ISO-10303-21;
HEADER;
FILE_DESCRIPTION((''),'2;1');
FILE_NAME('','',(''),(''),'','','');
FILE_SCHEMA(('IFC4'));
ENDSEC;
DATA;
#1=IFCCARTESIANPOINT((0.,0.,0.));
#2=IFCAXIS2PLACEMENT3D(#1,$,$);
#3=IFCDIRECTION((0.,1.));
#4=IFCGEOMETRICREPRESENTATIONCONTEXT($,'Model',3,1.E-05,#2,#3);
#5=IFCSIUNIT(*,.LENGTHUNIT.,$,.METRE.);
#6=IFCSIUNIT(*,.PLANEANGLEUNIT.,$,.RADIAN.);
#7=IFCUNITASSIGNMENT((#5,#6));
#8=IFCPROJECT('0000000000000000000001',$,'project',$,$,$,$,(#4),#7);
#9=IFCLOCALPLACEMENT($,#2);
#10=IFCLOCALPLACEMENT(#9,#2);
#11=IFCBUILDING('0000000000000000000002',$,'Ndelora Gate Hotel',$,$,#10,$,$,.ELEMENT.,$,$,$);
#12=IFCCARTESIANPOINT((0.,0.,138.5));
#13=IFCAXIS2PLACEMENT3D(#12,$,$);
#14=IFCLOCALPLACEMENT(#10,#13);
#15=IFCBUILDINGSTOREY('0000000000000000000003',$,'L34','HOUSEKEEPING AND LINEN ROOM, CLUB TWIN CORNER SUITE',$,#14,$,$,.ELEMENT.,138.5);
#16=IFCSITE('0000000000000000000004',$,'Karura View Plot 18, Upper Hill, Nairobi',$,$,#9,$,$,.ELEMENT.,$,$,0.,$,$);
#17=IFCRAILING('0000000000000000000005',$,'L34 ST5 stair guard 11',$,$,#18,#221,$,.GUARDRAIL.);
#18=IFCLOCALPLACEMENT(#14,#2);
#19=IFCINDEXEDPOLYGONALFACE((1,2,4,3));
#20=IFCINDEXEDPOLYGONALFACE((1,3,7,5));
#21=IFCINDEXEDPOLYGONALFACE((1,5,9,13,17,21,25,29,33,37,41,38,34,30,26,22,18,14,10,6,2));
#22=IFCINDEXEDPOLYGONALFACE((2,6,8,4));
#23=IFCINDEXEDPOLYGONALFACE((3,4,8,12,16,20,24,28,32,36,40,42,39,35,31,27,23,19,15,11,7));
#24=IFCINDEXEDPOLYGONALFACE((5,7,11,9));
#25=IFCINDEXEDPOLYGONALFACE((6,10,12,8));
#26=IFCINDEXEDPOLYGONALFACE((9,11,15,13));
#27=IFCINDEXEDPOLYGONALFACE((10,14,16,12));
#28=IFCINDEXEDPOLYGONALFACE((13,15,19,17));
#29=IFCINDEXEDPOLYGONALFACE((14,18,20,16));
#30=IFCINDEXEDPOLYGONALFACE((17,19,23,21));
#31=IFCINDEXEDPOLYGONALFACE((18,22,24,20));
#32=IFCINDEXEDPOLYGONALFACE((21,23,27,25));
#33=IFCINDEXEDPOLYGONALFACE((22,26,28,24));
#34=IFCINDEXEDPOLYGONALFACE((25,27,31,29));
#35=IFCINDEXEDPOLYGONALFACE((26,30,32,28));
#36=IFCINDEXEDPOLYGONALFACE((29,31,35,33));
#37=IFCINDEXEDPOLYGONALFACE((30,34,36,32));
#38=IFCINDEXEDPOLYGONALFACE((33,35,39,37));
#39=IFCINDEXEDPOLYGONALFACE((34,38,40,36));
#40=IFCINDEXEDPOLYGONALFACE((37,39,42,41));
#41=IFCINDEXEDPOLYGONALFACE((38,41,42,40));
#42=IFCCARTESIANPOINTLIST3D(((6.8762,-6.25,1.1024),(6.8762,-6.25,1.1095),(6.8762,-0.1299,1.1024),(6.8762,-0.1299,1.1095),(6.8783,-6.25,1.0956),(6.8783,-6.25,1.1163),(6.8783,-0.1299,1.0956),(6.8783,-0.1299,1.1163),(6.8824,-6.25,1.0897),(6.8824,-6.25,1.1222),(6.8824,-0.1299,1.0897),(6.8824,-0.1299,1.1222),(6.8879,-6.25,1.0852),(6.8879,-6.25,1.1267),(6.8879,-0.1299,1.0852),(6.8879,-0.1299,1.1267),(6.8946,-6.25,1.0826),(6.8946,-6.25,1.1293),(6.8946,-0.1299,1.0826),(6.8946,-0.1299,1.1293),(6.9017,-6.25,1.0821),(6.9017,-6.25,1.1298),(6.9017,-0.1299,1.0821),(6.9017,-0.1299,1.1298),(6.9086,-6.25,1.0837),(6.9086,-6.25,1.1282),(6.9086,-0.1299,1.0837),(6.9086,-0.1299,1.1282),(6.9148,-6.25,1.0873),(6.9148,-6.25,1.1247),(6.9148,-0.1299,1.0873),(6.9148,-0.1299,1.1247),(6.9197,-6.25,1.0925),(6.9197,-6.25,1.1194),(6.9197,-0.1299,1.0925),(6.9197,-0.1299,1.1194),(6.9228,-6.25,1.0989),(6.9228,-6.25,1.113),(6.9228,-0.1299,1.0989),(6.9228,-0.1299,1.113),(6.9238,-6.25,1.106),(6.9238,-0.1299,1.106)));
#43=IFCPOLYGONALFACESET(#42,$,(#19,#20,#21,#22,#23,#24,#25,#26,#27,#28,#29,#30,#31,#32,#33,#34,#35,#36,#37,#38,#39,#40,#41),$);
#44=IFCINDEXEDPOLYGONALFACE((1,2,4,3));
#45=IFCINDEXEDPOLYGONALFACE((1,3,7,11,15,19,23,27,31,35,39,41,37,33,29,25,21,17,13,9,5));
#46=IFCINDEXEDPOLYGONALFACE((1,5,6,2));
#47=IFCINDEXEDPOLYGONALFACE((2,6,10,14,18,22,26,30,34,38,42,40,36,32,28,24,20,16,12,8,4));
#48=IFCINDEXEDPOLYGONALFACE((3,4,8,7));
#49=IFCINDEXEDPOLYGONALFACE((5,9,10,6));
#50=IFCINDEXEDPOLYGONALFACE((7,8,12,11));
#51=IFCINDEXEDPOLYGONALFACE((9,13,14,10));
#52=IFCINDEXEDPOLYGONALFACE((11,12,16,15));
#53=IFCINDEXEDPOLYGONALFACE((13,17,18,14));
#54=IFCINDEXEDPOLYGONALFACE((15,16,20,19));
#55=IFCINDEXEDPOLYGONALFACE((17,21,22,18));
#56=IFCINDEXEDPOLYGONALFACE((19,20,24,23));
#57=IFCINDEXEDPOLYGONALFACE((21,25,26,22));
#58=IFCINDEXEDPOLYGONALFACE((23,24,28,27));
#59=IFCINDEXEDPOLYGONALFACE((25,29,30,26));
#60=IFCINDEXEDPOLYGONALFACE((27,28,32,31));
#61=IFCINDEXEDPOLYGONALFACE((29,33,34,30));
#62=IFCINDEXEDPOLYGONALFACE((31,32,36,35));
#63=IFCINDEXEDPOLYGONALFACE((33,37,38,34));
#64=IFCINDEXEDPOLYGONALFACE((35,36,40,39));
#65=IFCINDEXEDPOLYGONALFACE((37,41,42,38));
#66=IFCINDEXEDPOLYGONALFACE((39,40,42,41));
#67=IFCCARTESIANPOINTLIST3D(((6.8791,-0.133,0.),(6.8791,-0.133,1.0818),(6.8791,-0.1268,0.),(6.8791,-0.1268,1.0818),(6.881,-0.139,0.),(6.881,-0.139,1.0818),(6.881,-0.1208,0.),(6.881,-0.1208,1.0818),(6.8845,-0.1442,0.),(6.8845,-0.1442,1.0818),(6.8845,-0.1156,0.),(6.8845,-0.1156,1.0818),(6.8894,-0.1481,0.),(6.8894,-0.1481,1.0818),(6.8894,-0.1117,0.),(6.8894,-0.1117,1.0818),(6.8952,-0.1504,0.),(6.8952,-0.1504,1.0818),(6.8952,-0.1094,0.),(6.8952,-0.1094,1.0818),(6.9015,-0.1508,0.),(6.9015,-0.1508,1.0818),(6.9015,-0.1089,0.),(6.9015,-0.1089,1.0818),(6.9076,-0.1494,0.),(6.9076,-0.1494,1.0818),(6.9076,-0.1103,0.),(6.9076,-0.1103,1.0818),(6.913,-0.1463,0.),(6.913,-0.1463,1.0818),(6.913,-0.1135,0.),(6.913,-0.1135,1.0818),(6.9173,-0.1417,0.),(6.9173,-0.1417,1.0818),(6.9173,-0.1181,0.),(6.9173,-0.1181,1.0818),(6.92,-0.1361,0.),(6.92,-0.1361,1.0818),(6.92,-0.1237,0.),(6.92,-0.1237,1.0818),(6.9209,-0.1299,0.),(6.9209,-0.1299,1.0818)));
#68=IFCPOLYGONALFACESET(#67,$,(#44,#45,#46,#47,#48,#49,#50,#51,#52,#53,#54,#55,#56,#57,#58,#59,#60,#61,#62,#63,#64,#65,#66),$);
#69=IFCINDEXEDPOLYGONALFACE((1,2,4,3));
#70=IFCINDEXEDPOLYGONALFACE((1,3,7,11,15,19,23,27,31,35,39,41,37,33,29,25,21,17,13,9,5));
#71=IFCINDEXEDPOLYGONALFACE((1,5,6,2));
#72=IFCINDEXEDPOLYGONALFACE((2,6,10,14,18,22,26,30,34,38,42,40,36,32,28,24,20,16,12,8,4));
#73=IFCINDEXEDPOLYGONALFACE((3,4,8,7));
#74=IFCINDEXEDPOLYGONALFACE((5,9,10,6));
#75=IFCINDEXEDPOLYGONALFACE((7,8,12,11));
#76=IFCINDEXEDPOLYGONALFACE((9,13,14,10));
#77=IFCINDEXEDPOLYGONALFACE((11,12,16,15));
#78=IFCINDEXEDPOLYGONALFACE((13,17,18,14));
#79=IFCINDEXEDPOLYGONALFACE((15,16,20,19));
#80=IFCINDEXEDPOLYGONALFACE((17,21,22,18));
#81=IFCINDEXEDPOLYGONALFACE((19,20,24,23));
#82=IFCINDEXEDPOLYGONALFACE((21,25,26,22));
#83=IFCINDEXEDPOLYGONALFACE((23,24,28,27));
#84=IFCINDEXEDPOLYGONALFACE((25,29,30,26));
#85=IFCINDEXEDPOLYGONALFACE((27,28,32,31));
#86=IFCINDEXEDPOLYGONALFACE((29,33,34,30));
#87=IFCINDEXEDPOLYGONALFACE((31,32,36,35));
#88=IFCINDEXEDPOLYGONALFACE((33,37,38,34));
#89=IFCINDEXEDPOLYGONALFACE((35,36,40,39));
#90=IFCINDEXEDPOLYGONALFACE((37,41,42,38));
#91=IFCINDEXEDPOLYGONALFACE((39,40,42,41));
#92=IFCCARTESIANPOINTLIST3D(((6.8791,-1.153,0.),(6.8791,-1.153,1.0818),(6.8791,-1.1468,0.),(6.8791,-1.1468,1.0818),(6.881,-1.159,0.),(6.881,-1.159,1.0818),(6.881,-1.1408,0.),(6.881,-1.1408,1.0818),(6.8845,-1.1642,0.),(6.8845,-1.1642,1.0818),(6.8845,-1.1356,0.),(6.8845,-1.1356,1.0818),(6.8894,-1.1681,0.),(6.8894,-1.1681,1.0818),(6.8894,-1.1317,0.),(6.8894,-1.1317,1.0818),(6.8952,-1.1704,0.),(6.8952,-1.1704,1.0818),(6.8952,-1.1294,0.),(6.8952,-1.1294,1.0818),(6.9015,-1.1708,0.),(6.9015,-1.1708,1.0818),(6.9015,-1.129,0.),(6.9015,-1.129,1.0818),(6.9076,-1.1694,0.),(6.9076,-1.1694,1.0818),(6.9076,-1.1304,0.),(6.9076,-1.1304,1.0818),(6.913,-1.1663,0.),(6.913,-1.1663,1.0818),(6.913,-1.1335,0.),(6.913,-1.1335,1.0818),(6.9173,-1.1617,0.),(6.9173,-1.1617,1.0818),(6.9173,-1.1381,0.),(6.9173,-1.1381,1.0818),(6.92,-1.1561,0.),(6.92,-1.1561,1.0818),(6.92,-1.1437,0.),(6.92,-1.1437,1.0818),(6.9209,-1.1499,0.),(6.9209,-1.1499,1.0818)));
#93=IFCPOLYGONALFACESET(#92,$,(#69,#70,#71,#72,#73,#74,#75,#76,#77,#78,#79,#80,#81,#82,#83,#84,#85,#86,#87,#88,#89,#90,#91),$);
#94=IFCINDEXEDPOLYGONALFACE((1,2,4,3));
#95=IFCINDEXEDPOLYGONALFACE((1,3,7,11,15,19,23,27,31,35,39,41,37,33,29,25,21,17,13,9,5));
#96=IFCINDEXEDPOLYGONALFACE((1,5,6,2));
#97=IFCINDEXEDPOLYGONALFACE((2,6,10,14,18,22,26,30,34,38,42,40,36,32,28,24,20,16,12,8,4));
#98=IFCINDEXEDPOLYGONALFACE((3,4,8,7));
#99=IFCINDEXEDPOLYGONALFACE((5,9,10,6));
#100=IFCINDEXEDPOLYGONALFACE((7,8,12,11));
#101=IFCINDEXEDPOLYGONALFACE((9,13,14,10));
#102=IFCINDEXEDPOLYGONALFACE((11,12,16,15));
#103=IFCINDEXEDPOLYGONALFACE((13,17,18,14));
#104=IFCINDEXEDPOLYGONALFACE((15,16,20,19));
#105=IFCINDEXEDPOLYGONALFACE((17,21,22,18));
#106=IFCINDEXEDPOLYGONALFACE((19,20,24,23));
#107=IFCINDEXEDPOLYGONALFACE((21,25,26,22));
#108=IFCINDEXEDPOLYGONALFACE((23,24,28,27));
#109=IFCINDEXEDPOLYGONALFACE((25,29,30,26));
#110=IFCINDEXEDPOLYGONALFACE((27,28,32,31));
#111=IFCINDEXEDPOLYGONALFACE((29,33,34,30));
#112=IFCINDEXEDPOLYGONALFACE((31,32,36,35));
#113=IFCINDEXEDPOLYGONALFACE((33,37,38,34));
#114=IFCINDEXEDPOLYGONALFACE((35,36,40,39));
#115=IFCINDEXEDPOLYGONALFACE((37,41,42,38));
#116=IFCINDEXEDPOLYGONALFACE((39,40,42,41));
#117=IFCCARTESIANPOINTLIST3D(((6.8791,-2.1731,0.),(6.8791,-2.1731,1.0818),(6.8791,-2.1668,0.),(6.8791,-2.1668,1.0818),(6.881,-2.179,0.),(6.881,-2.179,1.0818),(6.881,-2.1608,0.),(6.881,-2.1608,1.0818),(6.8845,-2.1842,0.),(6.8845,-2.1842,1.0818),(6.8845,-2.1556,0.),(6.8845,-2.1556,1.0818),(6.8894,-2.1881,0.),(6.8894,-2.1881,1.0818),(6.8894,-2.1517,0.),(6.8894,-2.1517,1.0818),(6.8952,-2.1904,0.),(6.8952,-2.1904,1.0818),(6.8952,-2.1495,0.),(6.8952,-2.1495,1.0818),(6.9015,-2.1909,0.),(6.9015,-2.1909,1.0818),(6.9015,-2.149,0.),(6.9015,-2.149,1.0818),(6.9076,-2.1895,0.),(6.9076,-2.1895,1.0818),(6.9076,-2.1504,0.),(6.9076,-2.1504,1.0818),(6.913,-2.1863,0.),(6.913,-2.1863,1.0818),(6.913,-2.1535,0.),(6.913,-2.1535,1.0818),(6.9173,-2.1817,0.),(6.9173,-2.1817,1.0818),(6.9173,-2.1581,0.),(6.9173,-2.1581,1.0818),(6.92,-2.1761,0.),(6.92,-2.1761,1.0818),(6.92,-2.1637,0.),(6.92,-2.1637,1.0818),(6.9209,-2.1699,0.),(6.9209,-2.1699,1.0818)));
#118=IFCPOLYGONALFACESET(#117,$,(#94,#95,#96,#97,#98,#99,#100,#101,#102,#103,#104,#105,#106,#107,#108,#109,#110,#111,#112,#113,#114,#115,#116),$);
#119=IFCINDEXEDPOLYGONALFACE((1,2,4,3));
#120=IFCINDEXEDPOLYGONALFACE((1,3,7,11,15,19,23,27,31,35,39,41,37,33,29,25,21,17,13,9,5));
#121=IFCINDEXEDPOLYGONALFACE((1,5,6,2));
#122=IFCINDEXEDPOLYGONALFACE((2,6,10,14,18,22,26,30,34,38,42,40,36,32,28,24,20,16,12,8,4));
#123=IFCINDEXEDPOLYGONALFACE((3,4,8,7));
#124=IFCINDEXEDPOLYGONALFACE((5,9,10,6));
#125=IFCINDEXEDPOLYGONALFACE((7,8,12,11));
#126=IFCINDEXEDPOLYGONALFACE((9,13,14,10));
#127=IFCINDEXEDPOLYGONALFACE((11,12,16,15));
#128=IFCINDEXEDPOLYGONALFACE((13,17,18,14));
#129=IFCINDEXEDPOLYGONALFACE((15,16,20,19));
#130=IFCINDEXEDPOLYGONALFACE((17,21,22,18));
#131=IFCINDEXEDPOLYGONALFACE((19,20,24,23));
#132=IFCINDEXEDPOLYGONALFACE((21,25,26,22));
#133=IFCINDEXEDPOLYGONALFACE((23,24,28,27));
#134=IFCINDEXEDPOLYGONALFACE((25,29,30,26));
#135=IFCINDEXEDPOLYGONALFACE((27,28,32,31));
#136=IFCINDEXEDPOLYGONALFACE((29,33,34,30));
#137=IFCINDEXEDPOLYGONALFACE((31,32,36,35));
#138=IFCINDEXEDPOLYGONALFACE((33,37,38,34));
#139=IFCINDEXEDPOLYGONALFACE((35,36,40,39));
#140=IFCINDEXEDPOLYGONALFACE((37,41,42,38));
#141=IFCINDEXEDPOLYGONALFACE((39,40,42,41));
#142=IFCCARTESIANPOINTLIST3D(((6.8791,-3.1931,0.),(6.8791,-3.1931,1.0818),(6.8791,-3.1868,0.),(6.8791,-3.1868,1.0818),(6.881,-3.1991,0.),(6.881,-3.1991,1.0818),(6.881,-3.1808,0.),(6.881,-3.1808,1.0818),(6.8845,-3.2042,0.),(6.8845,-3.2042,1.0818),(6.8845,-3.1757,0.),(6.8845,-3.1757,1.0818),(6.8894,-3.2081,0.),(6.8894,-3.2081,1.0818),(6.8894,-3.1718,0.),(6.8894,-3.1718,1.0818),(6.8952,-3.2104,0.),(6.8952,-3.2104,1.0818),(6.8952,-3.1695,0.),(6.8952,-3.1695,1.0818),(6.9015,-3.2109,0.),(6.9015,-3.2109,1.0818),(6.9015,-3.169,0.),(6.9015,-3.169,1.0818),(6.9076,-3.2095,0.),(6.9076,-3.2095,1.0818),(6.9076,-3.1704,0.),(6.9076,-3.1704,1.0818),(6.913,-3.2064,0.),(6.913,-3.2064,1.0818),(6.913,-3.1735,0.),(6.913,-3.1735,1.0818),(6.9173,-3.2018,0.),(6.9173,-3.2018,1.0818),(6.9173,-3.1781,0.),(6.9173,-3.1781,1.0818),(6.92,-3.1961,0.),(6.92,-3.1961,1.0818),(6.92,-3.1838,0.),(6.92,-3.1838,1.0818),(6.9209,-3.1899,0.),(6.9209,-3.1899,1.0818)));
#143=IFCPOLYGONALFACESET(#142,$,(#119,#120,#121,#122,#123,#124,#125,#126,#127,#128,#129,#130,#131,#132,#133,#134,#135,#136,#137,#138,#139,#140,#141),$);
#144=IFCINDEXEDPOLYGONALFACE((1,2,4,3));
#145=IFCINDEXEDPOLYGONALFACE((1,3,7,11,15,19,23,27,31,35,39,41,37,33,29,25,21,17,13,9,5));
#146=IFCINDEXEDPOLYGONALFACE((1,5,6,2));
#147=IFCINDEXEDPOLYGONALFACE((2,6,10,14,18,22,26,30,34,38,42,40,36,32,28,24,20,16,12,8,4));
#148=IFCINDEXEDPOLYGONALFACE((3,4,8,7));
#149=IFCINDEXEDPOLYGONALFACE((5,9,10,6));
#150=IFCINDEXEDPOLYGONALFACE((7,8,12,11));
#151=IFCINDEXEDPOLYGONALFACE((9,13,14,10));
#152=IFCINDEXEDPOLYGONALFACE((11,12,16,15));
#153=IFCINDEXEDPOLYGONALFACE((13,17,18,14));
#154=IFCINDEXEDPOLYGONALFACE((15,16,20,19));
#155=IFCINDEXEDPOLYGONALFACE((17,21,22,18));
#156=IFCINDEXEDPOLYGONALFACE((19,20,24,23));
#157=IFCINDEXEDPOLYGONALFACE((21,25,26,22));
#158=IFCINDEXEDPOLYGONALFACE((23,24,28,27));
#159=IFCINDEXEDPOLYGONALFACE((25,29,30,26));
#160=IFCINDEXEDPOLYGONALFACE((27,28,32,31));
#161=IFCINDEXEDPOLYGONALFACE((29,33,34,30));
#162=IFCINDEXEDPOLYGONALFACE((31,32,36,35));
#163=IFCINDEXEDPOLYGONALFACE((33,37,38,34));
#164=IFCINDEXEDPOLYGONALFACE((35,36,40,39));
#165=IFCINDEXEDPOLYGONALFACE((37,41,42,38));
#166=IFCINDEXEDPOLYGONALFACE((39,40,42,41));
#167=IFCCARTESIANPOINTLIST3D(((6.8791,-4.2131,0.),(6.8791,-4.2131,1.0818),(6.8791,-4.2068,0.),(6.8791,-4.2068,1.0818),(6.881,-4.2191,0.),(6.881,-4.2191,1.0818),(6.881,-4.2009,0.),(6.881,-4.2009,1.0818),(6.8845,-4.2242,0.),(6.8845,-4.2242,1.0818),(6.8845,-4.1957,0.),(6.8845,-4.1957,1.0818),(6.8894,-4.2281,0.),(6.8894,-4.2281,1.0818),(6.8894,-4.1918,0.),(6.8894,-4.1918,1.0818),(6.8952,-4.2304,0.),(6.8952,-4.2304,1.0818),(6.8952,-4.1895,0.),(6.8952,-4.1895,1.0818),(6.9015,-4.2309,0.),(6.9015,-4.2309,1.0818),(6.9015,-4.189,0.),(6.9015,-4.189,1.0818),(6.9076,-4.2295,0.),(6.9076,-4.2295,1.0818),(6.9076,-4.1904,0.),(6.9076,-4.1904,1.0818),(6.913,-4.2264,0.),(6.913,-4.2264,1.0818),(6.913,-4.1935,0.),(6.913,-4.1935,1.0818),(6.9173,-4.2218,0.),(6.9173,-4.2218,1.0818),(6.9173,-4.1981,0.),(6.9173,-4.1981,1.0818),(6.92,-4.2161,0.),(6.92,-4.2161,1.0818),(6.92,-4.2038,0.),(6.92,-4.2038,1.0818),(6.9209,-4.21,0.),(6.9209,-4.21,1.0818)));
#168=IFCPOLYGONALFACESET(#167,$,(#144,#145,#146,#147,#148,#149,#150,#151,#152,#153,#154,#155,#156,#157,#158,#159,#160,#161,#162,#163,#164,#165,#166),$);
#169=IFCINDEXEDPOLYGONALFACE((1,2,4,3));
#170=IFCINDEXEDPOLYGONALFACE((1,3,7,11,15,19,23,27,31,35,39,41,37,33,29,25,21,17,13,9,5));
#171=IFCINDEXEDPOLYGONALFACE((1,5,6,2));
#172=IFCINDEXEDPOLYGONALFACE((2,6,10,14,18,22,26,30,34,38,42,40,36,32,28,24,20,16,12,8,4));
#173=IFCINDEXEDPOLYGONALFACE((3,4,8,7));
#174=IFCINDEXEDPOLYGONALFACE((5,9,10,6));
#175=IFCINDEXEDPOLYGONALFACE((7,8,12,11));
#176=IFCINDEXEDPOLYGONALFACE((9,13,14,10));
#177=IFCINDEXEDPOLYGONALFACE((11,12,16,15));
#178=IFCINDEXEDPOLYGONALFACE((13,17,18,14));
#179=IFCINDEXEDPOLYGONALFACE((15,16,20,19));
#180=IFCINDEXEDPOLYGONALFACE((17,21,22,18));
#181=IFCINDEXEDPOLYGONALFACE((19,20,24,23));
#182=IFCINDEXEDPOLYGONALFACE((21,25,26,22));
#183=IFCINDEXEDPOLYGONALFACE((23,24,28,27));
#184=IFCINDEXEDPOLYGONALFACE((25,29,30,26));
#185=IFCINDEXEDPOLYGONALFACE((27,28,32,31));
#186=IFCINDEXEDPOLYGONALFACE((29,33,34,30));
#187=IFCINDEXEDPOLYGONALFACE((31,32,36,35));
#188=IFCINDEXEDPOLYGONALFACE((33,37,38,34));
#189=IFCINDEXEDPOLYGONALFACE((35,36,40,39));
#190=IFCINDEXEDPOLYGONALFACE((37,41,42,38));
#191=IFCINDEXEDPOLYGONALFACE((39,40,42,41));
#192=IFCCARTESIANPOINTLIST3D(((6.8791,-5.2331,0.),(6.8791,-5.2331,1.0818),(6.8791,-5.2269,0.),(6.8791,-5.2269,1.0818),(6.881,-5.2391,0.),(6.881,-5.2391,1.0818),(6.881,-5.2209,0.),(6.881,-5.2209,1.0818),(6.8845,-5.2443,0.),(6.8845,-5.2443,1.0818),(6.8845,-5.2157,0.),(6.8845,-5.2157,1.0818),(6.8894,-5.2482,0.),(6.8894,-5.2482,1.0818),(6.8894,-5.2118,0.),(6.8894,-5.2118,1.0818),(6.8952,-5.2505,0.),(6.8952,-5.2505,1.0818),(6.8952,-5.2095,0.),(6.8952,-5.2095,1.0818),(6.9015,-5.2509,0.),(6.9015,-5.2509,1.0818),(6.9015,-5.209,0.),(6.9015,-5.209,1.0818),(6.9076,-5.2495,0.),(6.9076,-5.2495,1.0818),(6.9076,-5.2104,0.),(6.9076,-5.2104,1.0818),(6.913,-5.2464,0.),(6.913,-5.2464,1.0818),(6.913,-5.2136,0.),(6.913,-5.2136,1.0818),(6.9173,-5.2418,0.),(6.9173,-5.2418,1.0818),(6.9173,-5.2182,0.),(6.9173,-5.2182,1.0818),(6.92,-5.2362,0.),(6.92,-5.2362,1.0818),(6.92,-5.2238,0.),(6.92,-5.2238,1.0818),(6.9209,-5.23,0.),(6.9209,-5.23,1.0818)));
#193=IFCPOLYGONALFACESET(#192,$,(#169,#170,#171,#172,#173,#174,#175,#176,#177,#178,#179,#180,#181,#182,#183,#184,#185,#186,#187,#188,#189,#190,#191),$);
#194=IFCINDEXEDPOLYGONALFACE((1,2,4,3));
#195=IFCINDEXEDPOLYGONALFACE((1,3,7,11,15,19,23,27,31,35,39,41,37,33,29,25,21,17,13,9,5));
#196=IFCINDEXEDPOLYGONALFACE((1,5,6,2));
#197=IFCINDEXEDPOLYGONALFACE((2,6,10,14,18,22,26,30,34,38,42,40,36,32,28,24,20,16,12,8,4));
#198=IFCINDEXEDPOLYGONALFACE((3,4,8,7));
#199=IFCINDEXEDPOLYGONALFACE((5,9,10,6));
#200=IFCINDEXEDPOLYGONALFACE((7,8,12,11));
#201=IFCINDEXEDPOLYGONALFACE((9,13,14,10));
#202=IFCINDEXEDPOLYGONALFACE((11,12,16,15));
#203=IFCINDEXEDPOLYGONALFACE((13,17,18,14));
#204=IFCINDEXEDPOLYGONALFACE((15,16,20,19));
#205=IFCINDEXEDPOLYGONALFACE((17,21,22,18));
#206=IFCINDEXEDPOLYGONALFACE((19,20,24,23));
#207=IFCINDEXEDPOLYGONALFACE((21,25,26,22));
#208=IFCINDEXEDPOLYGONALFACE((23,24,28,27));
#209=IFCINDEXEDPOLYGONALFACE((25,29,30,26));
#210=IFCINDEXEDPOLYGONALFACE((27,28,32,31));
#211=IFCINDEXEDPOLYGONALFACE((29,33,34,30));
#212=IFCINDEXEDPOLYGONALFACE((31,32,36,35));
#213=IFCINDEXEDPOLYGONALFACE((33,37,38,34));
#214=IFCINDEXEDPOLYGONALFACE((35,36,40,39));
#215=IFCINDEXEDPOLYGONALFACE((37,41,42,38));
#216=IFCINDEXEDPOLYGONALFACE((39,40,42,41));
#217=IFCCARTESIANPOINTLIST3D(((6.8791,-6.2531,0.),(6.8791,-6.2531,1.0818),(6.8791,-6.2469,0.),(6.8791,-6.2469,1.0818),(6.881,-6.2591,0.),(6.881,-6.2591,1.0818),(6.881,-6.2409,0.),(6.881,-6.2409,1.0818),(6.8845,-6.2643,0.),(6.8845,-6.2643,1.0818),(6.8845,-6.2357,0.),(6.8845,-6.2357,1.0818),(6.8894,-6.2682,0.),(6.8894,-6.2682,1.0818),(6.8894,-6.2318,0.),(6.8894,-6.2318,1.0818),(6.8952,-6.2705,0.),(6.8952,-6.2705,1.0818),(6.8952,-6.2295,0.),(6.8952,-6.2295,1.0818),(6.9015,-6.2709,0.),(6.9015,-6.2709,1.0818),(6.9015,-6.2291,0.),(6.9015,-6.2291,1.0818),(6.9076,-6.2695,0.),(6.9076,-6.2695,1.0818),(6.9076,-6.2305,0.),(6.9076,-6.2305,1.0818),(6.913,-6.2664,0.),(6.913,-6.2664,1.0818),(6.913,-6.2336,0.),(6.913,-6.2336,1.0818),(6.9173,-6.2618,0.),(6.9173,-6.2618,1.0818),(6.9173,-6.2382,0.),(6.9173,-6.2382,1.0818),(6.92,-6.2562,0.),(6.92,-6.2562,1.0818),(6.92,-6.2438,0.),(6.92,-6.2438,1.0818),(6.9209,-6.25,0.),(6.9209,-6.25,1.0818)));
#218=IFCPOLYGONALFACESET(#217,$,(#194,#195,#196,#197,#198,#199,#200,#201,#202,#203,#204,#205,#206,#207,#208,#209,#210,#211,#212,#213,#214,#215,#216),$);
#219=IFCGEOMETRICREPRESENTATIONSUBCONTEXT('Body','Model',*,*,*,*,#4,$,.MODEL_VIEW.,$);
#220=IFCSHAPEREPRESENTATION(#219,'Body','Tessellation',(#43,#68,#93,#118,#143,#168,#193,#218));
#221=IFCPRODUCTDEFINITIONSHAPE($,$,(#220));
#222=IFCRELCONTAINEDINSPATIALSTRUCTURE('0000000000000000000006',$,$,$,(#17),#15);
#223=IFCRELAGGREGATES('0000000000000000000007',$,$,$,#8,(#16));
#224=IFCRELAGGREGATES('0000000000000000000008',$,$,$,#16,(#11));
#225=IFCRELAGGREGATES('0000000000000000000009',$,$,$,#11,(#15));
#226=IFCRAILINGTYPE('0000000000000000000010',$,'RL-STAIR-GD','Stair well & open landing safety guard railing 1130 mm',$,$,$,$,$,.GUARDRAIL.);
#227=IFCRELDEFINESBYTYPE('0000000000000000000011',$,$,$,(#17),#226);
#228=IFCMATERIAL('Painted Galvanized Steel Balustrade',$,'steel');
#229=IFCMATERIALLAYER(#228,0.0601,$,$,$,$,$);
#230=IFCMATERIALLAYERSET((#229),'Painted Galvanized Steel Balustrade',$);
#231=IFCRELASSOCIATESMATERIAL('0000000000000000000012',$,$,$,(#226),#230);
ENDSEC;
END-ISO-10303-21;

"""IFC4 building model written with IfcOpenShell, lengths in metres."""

from ifc_helpers import new_model, si_unit, direction, frame, origin, origin_2d, place, context, subcontext, project, spatial, circle, extrude, material, layer, layer_set, type_object, element, save


model = new_model("IFC4")

# Units and contexts
model_context = context("Model", 3, precision=1e-05, world=origin(), true_north=direction((0.0, 1.0)))
body_context = subcontext(model_context, "Body", "Model", "MODEL_VIEW")
ifc_project = project(units=[si_unit("LENGTHUNIT", "METRE"), si_unit("PLANEANGLEUNIT", "RADIAN")], contexts=[model_context])

# Site, building, storey
site_placement = place(None, origin())
site = spatial("IfcSite", under=ifc_project, at=site_placement, Name="Karura View Plot 18, Upper Hill, Nairobi", CompositionType="ELEMENT", RefElevation=0.0)
building_placement = place(site_placement, origin())
building = spatial("IfcBuilding", under=site, at=building_placement, Name="Ndelora Gate Hotel", CompositionType="ELEMENT")
storey_placement = place(building_placement, frame((0.0, 0.0, 138.5)))
storey = spatial("IfcBuildingStorey", under=building, at=storey_placement, Name="L34", Description="HOUSEKEEPING AND LINEN ROOM, CLUB TWIN CORNER SUITE", CompositionType="ELEMENT", Elevation=138.5)

# Railing
ifc_material_1 = material(Name="Painted Galvanized Steel Balustrade", Category="steel")
ifc_layer_1 = layer(ifc_material_1, 0.0601)
ifc_layer_set_1 = layer_set([ifc_layer_1], Name="Painted Galvanized Steel Balustrade")
railing_type_1 = type_object("IfcRailingType", Name="RL-STAIR-GD", Description="Stair well & open landing safety guard railing 1130 mm", PredefinedType="GUARDRAIL", material=ifc_layer_set_1)
railing_1_placement = place(storey_placement, frame((6.8999, -0.1299, 0.0)))
element("IfcRailing", 1, at=railing_1_placement, inside=storey, type_object=railing_type_1, Name="L34 ST5 stair guard 11", PredefinedType="GUARDRAIL", context=body_context, shape_type="SweptSolid", body=[
    extrude(circle(Radius=0.0239, at=origin_2d()), frame((0.0, 0.0, 1.106), z_axis=(0.0, -1.0, 0.0), x_axis=(1.0, 0.0, 0.0)), (0.0, 0.0, 1.0), 6.1201),
    extrude(circle(Radius=0.021, at=origin_2d()), origin(), (0.0, 0.0, 1.0), 1.0818),
    extrude(circle(Radius=0.021, at=origin_2d()), frame((0.0, -1.02, 0.0)), (0.0, 0.0, 1.0), 1.0818),
    extrude(circle(Radius=0.021, at=origin_2d()), frame((0.0, -2.04, 0.0)), (0.0, 0.0, 1.0), 1.0818),
    extrude(circle(Radius=0.021, at=origin_2d()), frame((0.0, -3.0601, 0.0)), (0.0, 0.0, 1.0), 1.0818),
    extrude(circle(Radius=0.021, at=origin_2d()), frame((0.0, -4.0801, 0.0)), (0.0, 0.0, 1.0), 1.0818),
    extrude(circle(Radius=0.021, at=origin_2d()), frame((0.0, -5.1001, 0.0)), (0.0, 0.0, 1.0), 1.0818),
    extrude(circle(Radius=0.021, at=origin_2d()), frame((0.0, -6.1201, 0.0)), (0.0, 0.0, 1.0), 1.0818),
])

save(model, "model.ifc")
